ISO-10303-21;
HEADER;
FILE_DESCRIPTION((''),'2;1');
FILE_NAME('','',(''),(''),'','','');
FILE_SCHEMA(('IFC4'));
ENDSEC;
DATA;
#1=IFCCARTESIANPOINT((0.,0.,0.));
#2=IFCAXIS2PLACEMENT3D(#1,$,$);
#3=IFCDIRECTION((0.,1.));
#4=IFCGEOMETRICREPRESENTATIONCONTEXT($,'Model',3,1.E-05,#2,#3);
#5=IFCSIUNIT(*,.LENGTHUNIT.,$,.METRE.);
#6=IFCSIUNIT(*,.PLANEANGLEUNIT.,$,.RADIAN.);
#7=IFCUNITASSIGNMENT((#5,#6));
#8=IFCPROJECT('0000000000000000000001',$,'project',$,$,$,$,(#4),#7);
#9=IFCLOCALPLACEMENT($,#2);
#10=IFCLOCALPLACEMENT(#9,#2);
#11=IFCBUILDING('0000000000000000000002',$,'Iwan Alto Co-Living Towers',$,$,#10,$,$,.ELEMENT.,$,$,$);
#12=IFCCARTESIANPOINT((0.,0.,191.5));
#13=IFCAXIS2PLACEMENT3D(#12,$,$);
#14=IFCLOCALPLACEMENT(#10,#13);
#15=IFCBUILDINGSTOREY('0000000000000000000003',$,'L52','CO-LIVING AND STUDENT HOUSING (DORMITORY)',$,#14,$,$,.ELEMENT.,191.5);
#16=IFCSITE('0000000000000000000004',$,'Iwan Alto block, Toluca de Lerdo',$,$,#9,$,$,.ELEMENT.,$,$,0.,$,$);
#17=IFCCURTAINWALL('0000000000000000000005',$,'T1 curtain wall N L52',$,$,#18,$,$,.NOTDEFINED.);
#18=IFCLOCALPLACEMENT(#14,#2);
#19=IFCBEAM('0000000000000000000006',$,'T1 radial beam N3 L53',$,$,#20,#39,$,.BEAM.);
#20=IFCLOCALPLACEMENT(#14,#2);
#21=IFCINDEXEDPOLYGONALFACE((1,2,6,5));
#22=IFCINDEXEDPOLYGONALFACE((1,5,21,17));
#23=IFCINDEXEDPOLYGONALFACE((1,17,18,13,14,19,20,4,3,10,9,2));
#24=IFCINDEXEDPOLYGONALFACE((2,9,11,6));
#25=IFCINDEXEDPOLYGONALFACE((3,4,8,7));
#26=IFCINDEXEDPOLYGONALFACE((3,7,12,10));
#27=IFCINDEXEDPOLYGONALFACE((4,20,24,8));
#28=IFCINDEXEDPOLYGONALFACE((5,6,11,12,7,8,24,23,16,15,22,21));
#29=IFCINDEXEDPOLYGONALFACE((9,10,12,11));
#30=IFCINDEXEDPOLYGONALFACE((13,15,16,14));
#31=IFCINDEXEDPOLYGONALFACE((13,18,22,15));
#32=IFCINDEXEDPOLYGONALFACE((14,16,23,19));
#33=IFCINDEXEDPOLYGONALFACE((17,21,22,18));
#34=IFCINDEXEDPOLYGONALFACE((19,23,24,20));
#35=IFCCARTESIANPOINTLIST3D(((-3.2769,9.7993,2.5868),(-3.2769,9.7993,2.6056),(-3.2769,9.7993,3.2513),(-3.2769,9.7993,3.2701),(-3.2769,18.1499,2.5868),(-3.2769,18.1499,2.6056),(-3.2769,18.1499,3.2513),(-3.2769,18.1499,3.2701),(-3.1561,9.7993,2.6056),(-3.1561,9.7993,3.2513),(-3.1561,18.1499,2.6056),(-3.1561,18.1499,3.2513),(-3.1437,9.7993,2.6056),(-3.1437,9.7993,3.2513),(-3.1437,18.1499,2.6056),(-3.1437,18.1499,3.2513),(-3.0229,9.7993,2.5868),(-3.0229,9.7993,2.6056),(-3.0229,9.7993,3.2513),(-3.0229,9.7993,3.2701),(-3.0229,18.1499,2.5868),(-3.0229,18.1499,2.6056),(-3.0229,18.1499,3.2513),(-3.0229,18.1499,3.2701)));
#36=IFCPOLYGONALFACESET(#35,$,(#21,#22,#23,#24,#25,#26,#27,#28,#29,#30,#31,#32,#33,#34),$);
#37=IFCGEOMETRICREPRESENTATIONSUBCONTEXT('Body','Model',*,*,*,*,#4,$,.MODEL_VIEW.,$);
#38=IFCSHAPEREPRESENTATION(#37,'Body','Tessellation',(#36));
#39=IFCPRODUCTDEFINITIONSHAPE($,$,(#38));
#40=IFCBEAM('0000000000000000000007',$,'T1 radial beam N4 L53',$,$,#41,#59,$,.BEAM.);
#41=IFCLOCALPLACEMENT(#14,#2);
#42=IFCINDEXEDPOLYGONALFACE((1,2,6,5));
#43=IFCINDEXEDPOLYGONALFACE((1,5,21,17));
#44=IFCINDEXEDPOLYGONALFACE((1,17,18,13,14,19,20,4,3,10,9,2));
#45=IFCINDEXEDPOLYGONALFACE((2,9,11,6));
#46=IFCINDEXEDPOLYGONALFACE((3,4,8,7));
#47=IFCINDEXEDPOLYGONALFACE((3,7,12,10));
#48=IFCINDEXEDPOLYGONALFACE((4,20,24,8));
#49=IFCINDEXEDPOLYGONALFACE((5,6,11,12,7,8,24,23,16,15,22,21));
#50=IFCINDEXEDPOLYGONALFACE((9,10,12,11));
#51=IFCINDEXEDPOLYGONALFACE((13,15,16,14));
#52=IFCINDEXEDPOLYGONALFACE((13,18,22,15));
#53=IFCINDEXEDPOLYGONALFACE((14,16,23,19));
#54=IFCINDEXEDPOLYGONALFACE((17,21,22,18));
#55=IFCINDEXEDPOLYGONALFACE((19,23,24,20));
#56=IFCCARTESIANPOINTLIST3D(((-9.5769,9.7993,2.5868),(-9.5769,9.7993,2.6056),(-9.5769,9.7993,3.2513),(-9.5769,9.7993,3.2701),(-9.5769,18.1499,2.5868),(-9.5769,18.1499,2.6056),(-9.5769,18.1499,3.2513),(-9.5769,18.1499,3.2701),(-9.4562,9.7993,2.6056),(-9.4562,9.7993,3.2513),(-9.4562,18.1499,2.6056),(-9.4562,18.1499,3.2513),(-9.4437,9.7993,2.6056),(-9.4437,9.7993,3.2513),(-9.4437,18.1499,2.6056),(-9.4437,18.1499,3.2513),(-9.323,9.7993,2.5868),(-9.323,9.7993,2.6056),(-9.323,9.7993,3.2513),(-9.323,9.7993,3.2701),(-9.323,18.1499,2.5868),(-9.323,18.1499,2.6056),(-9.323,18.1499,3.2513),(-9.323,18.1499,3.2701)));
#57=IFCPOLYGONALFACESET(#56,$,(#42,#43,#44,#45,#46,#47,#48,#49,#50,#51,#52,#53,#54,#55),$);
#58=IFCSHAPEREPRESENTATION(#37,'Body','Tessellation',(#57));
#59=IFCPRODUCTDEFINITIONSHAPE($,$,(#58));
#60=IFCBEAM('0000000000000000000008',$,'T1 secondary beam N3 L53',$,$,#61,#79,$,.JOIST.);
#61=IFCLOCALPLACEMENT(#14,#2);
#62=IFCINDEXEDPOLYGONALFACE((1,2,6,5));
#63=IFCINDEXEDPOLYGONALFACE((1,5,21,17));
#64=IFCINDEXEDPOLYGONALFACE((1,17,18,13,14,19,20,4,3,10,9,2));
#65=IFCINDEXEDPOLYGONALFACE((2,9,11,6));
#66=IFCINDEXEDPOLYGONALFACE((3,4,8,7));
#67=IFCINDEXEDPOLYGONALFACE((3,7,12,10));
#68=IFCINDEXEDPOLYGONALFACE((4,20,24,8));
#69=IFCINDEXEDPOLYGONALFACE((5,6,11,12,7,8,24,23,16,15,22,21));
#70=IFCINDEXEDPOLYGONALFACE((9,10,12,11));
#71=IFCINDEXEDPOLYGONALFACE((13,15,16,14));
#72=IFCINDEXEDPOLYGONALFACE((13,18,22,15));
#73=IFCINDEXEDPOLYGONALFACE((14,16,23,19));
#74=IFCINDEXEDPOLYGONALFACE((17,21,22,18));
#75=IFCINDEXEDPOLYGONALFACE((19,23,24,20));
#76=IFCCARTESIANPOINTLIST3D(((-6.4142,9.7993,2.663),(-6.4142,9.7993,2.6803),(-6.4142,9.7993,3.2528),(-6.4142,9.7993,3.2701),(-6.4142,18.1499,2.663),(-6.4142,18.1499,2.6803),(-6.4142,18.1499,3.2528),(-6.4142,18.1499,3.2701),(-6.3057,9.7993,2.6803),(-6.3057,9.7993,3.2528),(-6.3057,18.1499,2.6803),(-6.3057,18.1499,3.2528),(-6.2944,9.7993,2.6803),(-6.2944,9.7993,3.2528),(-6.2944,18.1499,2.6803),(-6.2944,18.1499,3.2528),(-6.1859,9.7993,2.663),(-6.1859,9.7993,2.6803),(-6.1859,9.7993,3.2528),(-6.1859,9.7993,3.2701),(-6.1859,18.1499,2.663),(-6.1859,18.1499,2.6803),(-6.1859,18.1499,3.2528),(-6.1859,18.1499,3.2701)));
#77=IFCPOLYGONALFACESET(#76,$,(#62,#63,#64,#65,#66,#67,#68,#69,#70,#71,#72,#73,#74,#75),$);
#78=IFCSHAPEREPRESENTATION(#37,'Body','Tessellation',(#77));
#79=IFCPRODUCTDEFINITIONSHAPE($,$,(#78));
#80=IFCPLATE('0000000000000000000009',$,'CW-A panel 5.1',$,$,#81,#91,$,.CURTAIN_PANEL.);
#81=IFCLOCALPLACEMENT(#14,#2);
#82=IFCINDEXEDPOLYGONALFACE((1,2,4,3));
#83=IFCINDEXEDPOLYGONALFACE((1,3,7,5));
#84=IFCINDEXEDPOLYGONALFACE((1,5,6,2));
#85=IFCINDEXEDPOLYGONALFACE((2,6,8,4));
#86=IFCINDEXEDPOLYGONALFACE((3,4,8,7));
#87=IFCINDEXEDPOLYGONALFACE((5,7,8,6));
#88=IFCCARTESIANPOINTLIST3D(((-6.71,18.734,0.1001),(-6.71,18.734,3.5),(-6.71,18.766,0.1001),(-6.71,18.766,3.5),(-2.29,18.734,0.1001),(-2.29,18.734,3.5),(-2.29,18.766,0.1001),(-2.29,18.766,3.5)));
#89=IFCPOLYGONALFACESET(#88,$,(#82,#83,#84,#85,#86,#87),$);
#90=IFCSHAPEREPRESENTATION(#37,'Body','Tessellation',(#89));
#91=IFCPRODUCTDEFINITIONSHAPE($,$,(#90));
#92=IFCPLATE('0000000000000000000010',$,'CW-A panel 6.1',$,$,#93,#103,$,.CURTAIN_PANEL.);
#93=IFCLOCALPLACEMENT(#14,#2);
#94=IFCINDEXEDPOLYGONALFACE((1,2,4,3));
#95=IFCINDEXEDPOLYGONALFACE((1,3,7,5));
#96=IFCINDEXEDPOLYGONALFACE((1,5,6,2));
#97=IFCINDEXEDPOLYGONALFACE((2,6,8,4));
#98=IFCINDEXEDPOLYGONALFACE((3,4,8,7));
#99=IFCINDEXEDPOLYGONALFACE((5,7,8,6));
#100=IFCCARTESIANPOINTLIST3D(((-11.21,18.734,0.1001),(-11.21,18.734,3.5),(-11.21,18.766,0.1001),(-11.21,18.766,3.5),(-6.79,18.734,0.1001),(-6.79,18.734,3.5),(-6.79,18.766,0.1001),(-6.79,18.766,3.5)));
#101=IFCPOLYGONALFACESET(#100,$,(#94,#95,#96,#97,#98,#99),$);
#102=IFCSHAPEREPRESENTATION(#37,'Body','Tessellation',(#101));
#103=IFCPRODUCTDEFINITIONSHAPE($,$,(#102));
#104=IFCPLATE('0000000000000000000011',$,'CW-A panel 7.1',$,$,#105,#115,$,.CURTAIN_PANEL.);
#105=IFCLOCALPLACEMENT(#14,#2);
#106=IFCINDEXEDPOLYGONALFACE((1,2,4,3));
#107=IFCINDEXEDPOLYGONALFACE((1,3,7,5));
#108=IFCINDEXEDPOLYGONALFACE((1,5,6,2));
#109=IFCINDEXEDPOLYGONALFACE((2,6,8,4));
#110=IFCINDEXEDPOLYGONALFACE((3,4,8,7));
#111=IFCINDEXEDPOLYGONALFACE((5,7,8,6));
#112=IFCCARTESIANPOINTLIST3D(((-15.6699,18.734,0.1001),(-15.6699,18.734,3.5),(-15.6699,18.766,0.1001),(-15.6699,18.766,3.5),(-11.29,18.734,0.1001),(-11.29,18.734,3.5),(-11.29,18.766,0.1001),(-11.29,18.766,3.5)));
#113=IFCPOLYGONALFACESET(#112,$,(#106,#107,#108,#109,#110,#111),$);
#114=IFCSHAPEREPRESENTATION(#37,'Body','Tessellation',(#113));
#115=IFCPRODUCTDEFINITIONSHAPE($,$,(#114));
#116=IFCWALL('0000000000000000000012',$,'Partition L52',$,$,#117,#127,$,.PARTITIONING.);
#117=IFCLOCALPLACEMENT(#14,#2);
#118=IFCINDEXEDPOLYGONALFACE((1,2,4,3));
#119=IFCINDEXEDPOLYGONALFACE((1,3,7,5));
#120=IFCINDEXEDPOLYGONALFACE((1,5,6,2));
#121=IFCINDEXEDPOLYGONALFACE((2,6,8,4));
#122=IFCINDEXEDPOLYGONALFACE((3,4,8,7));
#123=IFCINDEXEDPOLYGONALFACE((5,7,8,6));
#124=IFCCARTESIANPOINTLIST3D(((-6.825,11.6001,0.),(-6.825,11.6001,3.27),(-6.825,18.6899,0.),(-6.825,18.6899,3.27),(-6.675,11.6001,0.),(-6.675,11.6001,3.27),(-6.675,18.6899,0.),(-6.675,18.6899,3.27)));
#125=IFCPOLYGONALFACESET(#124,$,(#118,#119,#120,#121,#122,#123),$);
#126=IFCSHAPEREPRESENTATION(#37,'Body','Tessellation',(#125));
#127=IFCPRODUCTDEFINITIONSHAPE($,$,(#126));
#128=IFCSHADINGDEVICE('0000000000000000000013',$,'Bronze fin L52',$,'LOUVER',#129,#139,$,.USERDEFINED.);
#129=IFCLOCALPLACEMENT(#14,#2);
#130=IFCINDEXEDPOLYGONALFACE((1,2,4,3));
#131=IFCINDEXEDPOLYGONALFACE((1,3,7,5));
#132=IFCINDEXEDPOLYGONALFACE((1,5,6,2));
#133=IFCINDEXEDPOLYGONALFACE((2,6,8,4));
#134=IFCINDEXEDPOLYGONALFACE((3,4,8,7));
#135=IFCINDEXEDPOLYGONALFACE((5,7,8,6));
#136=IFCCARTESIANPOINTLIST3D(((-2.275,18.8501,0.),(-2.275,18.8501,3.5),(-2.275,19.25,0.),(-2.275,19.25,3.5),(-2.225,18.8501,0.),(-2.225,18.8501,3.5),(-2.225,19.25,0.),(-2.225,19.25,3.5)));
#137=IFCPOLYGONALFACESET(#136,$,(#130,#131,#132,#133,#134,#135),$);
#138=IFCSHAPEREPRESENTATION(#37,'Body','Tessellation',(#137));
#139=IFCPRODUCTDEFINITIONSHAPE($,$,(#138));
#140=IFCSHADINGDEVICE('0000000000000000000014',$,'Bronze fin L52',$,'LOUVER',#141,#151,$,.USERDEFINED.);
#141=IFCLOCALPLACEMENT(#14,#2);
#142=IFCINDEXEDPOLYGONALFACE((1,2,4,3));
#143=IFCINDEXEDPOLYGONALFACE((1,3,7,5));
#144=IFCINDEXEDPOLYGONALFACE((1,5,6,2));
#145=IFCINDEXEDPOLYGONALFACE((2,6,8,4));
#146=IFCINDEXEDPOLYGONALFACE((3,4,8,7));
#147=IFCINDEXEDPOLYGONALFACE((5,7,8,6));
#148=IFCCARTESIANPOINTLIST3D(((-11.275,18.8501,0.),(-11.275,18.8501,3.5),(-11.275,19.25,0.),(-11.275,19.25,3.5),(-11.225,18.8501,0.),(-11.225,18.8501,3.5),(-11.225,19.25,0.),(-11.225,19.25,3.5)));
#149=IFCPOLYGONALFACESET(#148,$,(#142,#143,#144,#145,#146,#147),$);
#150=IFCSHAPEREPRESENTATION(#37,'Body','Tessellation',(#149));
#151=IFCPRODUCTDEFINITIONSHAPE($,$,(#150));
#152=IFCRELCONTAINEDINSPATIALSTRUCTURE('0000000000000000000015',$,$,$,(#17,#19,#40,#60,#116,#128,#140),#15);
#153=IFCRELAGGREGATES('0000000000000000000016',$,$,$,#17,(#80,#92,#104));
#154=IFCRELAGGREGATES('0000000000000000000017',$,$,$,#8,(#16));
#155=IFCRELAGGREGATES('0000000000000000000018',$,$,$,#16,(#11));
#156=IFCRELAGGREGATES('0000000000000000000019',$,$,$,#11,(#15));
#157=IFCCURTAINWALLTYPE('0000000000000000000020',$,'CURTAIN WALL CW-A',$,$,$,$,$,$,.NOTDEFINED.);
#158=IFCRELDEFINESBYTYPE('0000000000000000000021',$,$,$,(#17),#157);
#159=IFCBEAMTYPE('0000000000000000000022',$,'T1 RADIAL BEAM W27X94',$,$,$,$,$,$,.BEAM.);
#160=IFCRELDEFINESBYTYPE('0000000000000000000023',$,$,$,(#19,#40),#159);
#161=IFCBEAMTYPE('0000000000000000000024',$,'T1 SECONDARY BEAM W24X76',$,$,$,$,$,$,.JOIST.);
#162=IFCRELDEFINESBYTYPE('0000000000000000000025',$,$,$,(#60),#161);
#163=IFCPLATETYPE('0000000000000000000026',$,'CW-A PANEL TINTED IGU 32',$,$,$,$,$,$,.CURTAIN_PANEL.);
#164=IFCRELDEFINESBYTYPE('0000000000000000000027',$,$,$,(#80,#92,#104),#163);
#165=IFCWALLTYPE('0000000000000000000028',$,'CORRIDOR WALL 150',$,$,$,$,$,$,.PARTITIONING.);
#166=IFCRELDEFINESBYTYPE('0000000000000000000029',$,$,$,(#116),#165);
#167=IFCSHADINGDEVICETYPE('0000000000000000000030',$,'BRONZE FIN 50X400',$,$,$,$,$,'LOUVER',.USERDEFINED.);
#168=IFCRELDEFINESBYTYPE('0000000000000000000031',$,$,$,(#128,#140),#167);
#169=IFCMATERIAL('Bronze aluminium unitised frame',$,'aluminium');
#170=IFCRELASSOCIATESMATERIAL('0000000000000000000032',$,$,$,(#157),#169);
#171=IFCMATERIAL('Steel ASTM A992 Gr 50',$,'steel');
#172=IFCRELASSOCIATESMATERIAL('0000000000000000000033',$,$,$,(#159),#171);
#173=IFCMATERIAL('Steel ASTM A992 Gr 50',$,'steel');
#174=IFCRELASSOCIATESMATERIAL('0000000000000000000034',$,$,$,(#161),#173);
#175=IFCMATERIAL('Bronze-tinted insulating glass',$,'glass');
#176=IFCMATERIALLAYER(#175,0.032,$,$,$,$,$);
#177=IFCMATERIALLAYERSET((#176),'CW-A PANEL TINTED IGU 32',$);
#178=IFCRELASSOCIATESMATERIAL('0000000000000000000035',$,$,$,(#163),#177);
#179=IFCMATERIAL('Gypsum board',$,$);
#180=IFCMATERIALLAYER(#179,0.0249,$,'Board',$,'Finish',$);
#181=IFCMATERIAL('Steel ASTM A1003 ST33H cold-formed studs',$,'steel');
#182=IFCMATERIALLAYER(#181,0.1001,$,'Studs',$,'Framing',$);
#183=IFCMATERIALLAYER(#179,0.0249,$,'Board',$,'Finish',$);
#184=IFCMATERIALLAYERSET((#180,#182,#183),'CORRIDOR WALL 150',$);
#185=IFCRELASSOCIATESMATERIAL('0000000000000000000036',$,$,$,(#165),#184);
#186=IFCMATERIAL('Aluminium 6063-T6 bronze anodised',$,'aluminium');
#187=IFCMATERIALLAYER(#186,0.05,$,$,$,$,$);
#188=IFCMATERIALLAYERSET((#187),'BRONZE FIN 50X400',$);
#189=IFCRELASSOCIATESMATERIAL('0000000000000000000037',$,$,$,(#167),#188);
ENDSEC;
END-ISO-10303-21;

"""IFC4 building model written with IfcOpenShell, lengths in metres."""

from ifc_helpers import new_model, si_unit, direction, frame, frame_2d, origin, origin_2d, place, context, subcontext, project, spatial, rectangle, i_section, extrude, material, layer, layer_set, material_profile, profile_set, type_object, element, aggregate, save


model = new_model("IFC4")

# Units and contexts
model_context = context("Model", 3, precision=1e-05, world=origin(), true_north=direction((0.0, 1.0)))
body_context = subcontext(model_context, "Body", "Model", "MODEL_VIEW")
ifc_project = project(units=[si_unit("LENGTHUNIT", "METRE"), si_unit("PLANEANGLEUNIT", "RADIAN")], contexts=[model_context])

# Site, building, storey
site_placement = place(None, origin())
site = spatial("IfcSite", under=ifc_project, at=site_placement, Name="Iwan Alto block, Toluca de Lerdo", CompositionType="ELEMENT", RefElevation=0.0)
building_placement = place(site_placement, origin())
building = spatial("IfcBuilding", under=site, at=building_placement, Name="Iwan Alto Co-Living Towers", CompositionType="ELEMENT")
storey_placement = place(building_placement, frame((0.0, 0.0, 191.5)))
storey = spatial("IfcBuildingStorey", under=building, at=storey_placement, Name="L52", Description="CO-LIVING AND STUDENT HOUSING (DORMITORY)", CompositionType="ELEMENT", Elevation=191.5)

# Curtain wall
ifc_material_1 = material(Name="Bronze aluminium unitised frame", Category="aluminium")
curtain_wall_type = type_object("IfcCurtainWallType", Name="CURTAIN WALL CW-A", PredefinedType="NOTDEFINED", material=ifc_material_1)
curtain_wall_placement = place(storey_placement, origin())
curtain_wall = element("IfcCurtainWall", 1, at=curtain_wall_placement, inside=storey, type_object=curtain_wall_type, Name="T1 curtain wall N L52", PredefinedType="NOTDEFINED")

# Beams
ifc_material_2 = material(Name="Steel ASTM A992 Gr 50", Category="steel")
ifc_material_profile_1 = material_profile(ifc_material_2, i_section(OverallWidth=0.2539, OverallDepth=0.6833, WebThickness=0.0125, FlangeThickness=0.0188, at=origin_2d()), Name="W27X94")
ifc_profile_set_1 = profile_set([ifc_material_profile_1], Name="Steel ASTM A992 Gr 50")
beam_type_1 = type_object("IfcBeamType", Name="T1 RADIAL BEAM W27X94", PredefinedType="BEAM", material=ifc_profile_set_1)
for number, where, z_axis, x_axis, name in (
    (2, (-3.1499, 18.1499, 2.9285), (0.0, -1.0, 0.0), (1.0, 0.0, 0.0), "T1 radial beam N3 L53"),
    (3, (-9.45, 18.1499, 2.9285), (0.0, -1.0, 0.0), (1.0, 0.0, 0.0), "T1 radial beam N4 L53"),
):
    element("IfcBeam", number, at=place(storey_placement, frame(where, z_axis=z_axis, x_axis=x_axis)), inside=storey, type_object=beam_type_1, Name=name, PredefinedType="BEAM", context=body_context, shape_type="SweptSolid", body=[
        extrude(i_section(OverallWidth=0.2539, OverallDepth=0.6833, WebThickness=0.0125, FlangeThickness=0.0188, at=origin_2d()), origin(), (0.0, 0.0, 1.0), 8.3506),
    ])
ifc_material_3 = material(Name="Steel ASTM A992 Gr 50", Category="steel")
ifc_material_profile_2 = material_profile(ifc_material_3, i_section(OverallWidth=0.2283, OverallDepth=0.6072, WebThickness=0.0112, FlangeThickness=0.0173, at=origin_2d()), Name="W24X76")
ifc_profile_set_2 = profile_set([ifc_material_profile_2], Name="Steel ASTM A992 Gr 50")
beam_type_2 = type_object("IfcBeamType", Name="T1 SECONDARY BEAM W24X76", PredefinedType="JOIST", material=ifc_profile_set_2)
beam_1_placement = place(storey_placement, frame((-6.3, 18.1499, 2.9666), z_axis=(0.0, -1.0, 0.0), x_axis=(1.0, 0.0, 0.0)))
element("IfcBeam", 4, at=beam_1_placement, inside=storey, type_object=beam_type_2, Name="T1 secondary beam N3 L53", PredefinedType="JOIST", context=body_context, shape_type="SweptSolid", body=[
    extrude(i_section(OverallWidth=0.2283, OverallDepth=0.6072, WebThickness=0.0112, FlangeThickness=0.0173, at=origin_2d()), origin(), (0.0, 0.0, 1.0), 8.3506),
])

# Plates
ifc_material_4 = material(Name="Bronze-tinted insulating glass", Category="glass")
ifc_layer_1 = layer(ifc_material_4, 0.032)
ifc_layer_set_1 = layer_set([ifc_layer_1], Name="CW-A PANEL TINTED IGU 32")
plate_type = type_object("IfcPlateType", Name="CW-A PANEL TINTED IGU 32", PredefinedType="CURTAIN_PANEL", material=ifc_layer_set_1)
plate_1_placement = place(storey_placement, frame((-4.5, 18.75, 0.1001), z_axis=(0.0, 0.0, 1.0), x_axis=(-1.0, 0.0, 0.0)))
plate_1 = element("IfcPlate", 5, at=plate_1_placement, type_object=plate_type, Name="CW-A panel 5.1", PredefinedType="CURTAIN_PANEL", context=body_context, shape_type="SweptSolid", body=[
    extrude(rectangle(XDim=4.4199, YDim=0.032, at=origin_2d()), origin(), (0.0, 0.0, 1.0), 3.3999),
])
plate_2_placement = place(storey_placement, frame((-9.0, 18.75, 0.1001), z_axis=(0.0, 0.0, 1.0), x_axis=(-1.0, 0.0, 0.0)))
plate_2 = element("IfcPlate", 6, at=plate_2_placement, type_object=plate_type, Name="CW-A panel 6.1", PredefinedType="CURTAIN_PANEL", context=body_context, shape_type="SweptSolid", body=[
    extrude(rectangle(XDim=4.4199, YDim=0.032, at=origin_2d()), origin(), (0.0, 0.0, 1.0), 3.3999),
])
plate_3_placement = place(storey_placement, frame((-13.48, 18.75, 0.1001), z_axis=(0.0, 0.0, 1.0), x_axis=(-1.0, 0.0, 0.0)))
plate_3 = element("IfcPlate", 7, at=plate_3_placement, type_object=plate_type, Name="CW-A panel 7.1", PredefinedType="CURTAIN_PANEL", context=body_context, shape_type="SweptSolid", body=[
    extrude(rectangle(XDim=4.3799, YDim=0.032, at=origin_2d()), origin(), (0.0, 0.0, 1.0), 3.3999),
])
aggregate(curtain_wall, [plate_1, plate_2, plate_3])

# Wall
ifc_material_5 = material(Name="Gypsum board")
ifc_layer_2 = layer(ifc_material_5, 0.0249, Name="Board", Category="Finish")
ifc_material_6 = material(Name="Steel ASTM A1003 ST33H cold-formed studs", Category="steel")
ifc_layer_3 = layer(ifc_material_6, 0.1001, Name="Studs", Category="Framing")
ifc_layer_4 = layer(ifc_material_5, 0.0249, Name="Board", Category="Finish")
ifc_layer_set_2 = layer_set([ifc_layer_2, ifc_layer_3, ifc_layer_4], Name="CORRIDOR WALL 150")
wall_type = type_object("IfcWallType", Name="CORRIDOR WALL 150", PredefinedType="PARTITIONING", material=ifc_layer_set_2)
wall_placement = place(storey_placement, frame((-6.75, 11.6001, 0.0), z_axis=(0.0, 0.0, 1.0), x_axis=(0.0, 1.0, 0.0)))
element("IfcWall", 8, at=wall_placement, inside=storey, type_object=wall_type, Name="Partition L52", PredefinedType="PARTITIONING", context=body_context, shape_type="SweptSolid", body=[
    extrude(rectangle(XDim=7.0898, YDim=0.1499, at=frame_2d((3.5449, 0.0))), origin(), (0.0, 0.0, 1.0), 3.27),
])

# Shading devices
ifc_material_7 = material(Name="Aluminium 6063-T6 bronze anodised", Category="aluminium")
ifc_layer_5 = layer(ifc_material_7, 0.05)
ifc_layer_set_3 = layer_set([ifc_layer_5], Name="BRONZE FIN 50X400")
shading_device_type = type_object("IfcShadingDeviceType", Name="BRONZE FIN 50X400", ElementType="LOUVER", PredefinedType="USERDEFINED", material=ifc_layer_set_3)
for number, where, z_axis, x_axis, name in (
    (9, (-2.25, 19.05, 0.0), (0.0, 0.0, 1.0), (-1.0, 0.0, 0.0), "Bronze fin L52"),
    (10, (-11.25, 19.05, 0.0), (0.0, 0.0, 1.0), (-1.0, 0.0, 0.0), "Bronze fin L52"),
):
    element("IfcShadingDevice", number, at=place(storey_placement, frame(where, z_axis=z_axis, x_axis=x_axis)), inside=storey, type_object=shading_device_type, Name=name, ObjectType="LOUVER", PredefinedType="USERDEFINED", context=body_context, shape_type="SweptSolid", body=[
        extrude(rectangle(XDim=0.05, YDim=0.3999, at=origin_2d()), origin(), (0.0, 0.0, 1.0), 3.5),
    ])

save(model, "model.ifc")
